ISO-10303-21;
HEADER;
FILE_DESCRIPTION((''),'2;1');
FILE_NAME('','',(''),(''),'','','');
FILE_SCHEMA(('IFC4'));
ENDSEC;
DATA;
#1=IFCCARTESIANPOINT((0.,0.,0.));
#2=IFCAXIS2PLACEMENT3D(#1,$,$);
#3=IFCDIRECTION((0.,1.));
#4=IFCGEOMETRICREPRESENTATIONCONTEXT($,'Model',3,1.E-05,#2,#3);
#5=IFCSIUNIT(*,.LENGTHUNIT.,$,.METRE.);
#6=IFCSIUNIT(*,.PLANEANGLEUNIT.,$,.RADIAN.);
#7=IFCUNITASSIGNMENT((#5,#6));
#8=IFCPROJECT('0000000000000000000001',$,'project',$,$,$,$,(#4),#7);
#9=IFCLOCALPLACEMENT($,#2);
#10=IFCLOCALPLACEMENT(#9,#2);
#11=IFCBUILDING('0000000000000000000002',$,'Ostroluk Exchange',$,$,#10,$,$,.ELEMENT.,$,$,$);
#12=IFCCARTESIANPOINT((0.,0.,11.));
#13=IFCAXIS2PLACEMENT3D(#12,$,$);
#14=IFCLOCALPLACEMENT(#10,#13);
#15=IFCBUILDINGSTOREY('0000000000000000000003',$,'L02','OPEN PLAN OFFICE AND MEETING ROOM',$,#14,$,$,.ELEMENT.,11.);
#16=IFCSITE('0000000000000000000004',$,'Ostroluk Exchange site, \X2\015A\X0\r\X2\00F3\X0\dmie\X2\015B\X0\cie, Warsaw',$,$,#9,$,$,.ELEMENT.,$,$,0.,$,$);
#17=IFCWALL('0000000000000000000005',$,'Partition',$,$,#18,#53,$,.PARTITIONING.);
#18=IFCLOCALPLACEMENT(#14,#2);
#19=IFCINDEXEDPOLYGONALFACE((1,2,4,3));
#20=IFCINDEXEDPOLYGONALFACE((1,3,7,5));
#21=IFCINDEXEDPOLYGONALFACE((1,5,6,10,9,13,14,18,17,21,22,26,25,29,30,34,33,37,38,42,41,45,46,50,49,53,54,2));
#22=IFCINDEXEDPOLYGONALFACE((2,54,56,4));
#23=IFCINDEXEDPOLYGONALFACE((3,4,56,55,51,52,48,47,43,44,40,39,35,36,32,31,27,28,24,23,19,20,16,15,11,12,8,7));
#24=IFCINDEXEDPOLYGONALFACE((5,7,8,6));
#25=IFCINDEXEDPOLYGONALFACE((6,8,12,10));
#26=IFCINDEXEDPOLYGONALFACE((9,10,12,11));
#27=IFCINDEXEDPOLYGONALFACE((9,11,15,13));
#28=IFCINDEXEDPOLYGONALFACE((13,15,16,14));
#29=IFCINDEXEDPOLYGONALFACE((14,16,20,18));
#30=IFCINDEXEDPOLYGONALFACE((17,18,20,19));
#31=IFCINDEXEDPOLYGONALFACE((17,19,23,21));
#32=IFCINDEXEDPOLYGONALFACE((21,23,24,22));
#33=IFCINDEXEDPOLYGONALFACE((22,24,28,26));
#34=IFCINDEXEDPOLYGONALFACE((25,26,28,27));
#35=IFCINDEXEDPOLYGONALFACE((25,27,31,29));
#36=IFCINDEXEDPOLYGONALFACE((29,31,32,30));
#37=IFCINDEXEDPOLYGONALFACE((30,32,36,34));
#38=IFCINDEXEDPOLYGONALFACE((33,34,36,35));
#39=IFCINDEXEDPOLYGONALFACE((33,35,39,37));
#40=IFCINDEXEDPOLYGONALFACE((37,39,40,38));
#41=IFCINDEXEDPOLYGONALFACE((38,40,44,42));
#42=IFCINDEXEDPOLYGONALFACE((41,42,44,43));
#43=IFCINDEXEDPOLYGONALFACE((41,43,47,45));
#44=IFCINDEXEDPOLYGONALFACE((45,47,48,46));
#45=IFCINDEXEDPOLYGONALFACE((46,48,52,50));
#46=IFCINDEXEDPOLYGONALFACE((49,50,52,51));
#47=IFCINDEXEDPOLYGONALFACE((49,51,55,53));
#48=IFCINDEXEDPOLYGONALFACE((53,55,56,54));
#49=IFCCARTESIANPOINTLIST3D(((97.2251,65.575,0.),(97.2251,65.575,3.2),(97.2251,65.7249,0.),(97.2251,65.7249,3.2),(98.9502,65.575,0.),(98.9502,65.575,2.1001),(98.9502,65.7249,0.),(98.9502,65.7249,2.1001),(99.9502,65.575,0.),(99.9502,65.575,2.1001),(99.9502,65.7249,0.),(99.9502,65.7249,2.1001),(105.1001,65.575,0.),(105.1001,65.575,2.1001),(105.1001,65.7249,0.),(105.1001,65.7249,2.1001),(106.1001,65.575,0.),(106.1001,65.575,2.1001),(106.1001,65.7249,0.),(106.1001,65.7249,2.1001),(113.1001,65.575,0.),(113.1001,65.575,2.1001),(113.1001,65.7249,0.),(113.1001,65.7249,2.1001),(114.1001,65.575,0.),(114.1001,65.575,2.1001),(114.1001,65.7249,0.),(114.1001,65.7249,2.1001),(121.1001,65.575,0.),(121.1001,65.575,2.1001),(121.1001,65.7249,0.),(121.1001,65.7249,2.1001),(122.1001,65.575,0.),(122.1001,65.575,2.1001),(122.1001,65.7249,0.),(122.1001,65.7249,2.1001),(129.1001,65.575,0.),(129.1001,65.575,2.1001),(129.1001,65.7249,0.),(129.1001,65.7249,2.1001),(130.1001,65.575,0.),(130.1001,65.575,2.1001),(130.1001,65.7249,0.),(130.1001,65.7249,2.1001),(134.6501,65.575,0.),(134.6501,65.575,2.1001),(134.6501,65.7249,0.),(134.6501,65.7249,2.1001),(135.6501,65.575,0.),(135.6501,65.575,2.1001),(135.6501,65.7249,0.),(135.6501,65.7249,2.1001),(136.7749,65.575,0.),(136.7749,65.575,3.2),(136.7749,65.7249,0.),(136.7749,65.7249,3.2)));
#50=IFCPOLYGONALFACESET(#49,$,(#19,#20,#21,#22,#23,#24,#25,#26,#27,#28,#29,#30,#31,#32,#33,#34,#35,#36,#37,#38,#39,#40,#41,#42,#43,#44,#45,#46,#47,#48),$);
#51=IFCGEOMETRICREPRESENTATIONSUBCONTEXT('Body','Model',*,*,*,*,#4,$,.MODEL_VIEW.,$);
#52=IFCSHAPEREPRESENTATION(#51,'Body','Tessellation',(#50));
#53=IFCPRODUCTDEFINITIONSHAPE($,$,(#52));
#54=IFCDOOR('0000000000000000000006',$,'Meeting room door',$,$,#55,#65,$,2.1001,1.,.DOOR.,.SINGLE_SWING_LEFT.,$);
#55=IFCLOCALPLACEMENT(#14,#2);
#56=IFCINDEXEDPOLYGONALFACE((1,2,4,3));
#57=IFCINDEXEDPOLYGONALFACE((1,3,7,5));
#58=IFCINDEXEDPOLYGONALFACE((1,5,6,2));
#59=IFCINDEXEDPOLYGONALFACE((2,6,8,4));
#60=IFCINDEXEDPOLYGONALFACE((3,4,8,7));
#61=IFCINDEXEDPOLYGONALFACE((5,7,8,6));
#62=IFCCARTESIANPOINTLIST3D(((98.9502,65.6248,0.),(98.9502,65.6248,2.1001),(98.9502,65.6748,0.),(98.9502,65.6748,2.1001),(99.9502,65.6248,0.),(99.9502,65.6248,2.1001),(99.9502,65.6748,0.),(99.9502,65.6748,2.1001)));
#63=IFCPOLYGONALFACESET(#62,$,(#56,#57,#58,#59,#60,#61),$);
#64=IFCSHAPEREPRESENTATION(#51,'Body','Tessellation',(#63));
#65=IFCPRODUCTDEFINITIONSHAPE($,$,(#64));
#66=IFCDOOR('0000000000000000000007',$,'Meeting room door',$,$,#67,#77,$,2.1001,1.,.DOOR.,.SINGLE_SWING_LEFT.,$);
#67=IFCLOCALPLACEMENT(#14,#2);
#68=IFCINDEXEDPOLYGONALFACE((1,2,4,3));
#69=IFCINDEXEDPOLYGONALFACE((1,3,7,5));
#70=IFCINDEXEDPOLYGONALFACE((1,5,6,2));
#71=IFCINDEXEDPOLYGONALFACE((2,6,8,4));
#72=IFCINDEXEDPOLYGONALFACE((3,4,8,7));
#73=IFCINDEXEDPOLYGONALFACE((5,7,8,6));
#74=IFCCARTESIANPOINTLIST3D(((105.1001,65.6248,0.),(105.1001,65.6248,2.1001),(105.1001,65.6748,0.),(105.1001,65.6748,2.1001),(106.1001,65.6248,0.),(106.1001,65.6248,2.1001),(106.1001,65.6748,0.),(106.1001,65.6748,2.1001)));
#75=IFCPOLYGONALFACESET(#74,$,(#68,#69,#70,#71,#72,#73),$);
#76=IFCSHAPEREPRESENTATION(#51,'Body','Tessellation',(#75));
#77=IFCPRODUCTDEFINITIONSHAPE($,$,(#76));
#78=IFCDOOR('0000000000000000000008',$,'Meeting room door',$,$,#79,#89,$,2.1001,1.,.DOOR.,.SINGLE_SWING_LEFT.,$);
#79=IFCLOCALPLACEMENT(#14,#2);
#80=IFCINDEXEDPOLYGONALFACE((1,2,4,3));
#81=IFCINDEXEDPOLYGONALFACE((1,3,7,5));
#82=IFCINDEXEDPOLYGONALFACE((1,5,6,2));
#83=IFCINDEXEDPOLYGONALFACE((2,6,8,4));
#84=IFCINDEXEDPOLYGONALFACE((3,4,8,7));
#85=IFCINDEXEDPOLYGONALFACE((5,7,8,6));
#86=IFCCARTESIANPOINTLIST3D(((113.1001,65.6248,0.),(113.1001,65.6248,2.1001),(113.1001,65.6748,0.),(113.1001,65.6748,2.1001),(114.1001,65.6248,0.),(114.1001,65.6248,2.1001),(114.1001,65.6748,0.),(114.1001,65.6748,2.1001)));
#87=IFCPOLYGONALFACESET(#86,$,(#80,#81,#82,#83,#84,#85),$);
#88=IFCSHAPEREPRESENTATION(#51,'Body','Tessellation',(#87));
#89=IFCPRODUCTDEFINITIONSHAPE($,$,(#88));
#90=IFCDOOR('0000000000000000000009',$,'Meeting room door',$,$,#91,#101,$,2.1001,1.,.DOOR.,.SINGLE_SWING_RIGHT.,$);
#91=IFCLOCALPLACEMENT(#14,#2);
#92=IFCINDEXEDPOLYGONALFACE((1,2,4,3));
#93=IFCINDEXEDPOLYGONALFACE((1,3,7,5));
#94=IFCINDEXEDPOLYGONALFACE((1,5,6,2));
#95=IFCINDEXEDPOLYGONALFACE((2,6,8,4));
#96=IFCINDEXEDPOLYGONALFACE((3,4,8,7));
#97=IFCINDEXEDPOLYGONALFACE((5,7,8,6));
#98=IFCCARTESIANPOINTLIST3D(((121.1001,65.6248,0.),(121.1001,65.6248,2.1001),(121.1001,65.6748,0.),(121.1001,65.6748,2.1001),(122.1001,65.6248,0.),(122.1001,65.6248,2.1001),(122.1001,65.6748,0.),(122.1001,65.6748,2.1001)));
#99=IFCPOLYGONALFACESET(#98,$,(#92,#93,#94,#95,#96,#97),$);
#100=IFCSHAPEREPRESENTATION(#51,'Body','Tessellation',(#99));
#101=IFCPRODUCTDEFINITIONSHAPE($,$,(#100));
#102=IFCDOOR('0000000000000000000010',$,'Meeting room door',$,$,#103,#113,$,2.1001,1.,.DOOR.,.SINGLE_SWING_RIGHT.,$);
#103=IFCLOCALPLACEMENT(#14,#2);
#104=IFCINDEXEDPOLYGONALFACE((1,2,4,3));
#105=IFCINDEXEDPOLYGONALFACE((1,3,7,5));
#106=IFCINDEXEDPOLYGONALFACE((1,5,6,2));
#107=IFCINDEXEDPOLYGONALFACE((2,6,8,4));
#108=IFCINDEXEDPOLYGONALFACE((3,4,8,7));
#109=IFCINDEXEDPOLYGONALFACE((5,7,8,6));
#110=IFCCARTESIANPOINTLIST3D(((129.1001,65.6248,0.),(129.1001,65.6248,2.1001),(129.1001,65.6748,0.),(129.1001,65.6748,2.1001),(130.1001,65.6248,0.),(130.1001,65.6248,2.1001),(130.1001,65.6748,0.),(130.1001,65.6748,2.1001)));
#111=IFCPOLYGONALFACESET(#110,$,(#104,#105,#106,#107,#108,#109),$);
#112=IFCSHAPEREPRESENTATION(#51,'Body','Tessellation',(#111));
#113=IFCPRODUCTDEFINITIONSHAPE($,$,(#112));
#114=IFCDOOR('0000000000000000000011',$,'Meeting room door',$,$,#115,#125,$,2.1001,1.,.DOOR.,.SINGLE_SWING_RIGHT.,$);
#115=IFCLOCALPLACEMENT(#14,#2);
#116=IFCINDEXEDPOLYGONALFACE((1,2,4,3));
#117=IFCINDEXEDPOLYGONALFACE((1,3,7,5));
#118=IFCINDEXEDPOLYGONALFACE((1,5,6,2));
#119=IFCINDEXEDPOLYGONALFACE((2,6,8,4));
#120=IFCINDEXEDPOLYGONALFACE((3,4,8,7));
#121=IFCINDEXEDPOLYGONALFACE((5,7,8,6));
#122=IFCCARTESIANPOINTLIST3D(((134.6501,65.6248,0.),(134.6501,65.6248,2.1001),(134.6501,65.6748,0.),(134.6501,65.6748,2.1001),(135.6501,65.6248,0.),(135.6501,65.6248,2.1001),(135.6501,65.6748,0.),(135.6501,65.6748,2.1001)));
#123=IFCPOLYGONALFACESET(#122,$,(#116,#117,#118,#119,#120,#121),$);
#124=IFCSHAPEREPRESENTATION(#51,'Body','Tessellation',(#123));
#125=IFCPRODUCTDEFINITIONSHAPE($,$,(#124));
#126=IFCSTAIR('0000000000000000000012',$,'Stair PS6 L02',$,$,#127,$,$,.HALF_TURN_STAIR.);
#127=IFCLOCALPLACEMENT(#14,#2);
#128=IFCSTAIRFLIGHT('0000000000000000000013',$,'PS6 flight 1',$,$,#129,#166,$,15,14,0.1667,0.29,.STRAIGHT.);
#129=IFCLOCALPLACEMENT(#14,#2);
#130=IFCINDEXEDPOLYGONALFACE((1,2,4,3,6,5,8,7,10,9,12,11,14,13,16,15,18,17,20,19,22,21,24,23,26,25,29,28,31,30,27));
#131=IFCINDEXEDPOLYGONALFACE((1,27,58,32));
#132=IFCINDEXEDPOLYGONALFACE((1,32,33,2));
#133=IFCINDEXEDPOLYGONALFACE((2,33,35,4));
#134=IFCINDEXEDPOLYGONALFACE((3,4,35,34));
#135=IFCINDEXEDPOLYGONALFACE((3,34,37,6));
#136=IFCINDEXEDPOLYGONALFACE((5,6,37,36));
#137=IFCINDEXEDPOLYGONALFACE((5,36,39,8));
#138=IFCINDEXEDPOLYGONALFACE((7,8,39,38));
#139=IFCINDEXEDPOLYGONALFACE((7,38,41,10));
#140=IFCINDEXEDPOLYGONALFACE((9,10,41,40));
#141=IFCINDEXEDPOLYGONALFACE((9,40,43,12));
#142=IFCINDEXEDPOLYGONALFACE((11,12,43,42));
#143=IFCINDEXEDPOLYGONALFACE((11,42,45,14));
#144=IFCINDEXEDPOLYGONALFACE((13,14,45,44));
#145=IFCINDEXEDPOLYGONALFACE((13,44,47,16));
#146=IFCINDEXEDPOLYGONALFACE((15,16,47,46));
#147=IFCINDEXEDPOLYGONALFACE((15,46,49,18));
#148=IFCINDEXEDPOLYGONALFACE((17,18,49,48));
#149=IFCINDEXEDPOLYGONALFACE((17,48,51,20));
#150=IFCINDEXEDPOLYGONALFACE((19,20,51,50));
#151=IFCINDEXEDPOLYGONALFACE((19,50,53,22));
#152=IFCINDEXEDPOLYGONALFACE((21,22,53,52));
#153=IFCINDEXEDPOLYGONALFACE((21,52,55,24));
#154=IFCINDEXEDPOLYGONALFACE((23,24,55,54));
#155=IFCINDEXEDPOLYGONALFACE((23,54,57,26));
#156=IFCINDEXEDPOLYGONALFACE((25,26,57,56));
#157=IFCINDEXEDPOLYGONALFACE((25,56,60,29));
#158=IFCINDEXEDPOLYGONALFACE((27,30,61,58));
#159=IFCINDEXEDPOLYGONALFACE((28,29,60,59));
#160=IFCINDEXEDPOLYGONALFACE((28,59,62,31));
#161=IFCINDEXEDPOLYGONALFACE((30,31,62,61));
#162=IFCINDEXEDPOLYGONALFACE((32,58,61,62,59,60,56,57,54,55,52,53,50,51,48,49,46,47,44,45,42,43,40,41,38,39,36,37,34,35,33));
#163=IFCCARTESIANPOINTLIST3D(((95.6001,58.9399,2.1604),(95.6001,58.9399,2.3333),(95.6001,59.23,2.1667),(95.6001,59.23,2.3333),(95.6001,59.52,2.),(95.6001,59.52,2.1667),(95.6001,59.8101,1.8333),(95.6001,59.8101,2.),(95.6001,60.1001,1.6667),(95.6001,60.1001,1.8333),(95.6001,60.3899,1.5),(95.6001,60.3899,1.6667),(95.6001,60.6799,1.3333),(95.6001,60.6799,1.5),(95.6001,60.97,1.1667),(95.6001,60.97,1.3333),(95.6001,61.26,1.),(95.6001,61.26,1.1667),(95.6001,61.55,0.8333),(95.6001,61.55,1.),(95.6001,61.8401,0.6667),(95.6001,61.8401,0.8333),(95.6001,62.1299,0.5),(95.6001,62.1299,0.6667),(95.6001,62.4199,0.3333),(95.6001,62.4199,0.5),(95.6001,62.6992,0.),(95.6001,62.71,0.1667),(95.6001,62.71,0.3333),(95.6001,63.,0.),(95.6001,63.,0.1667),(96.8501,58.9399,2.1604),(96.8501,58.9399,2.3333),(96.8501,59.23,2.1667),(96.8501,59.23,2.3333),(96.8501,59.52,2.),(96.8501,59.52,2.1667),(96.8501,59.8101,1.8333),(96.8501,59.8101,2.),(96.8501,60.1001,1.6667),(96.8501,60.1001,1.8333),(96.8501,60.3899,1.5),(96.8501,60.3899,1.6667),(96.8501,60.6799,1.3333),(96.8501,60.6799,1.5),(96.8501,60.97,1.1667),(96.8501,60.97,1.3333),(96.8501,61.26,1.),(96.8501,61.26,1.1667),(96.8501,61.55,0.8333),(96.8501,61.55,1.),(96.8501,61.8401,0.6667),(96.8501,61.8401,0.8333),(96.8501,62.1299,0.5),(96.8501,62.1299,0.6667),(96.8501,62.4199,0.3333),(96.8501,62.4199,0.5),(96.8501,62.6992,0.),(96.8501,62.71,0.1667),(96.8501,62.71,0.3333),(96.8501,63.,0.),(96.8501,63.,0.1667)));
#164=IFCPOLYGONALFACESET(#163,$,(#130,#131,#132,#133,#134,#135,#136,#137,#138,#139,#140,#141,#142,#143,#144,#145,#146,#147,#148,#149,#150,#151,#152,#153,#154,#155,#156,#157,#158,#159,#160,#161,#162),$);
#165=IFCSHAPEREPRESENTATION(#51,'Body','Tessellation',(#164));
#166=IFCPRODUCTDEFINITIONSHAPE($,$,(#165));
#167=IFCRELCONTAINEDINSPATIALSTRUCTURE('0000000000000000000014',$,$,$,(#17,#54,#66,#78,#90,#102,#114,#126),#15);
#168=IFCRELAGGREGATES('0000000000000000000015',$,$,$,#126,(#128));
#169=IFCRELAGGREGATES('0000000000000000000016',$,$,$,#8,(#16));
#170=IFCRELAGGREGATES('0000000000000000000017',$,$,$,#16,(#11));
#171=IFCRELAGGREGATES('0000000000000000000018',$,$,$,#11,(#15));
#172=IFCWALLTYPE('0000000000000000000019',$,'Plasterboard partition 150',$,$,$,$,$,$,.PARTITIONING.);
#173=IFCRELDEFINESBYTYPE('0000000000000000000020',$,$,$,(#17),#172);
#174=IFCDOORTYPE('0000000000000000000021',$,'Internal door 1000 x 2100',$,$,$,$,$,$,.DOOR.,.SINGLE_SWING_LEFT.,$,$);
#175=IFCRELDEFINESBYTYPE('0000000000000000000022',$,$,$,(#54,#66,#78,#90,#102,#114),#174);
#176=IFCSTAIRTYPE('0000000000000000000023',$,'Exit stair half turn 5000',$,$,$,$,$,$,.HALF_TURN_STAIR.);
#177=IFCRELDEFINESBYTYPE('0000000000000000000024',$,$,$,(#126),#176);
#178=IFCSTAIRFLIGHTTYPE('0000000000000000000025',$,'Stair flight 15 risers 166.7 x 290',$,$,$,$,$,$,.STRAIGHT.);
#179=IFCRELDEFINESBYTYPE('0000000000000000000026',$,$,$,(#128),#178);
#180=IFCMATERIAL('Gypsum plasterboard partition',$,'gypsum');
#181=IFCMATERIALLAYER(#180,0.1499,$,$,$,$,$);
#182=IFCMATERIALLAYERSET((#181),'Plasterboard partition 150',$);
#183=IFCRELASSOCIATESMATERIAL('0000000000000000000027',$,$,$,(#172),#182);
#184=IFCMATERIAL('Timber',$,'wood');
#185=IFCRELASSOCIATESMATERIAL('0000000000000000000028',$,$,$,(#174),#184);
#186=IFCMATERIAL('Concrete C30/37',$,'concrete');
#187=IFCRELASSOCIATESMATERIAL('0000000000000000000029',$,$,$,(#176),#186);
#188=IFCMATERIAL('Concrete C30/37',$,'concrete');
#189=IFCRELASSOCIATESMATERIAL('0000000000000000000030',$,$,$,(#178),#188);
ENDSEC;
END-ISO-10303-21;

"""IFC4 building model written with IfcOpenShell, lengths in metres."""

from ifc_helpers import new_model, si_unit, direction, frame, frame_2d, origin, place, context, subcontext, project, spatial, polyline, rectangle, outline, extrude, material, layer, layer_set, type_object, element, fill, aggregate, save


model = new_model("IFC4")

# Units and contexts
model_context = context("Model", 3, precision=1e-05, world=origin(), true_north=direction((0.0, 1.0)))
body_context = subcontext(model_context, "Body", "Model", "MODEL_VIEW")
ifc_project = project(units=[si_unit("LENGTHUNIT", "METRE"), si_unit("PLANEANGLEUNIT", "RADIAN")], contexts=[model_context])

# Site, building, storey
site_placement = place(None, origin())
site = spatial("IfcSite", under=ifc_project, at=site_placement, Name="Ostroluk Exchange site, Śródmieście, Warsaw", CompositionType="ELEMENT", RefElevation=0.0)
building_placement = place(site_placement, origin())
building = spatial("IfcBuilding", under=site, at=building_placement, Name="Ostroluk Exchange", CompositionType="ELEMENT")
storey_placement = place(building_placement, frame((0.0, 0.0, 11.0)))
storey = spatial("IfcBuildingStorey", under=building, at=storey_placement, Name="L02", Description="OPEN PLAN OFFICE AND MEETING ROOM", CompositionType="ELEMENT", Elevation=11.0)

# Shared definitions
ifc_material_1 = material(Name="Gypsum plasterboard partition", Category="gypsum")
ifc_layer_1 = layer(ifc_material_1, 0.1499)
ifc_layer_set_1 = layer_set([ifc_layer_1], Name="Plasterboard partition 150")
wall_type_1 = type_object("IfcWallType", Name="Plasterboard partition 150", PredefinedType="PARTITIONING", material=ifc_layer_set_1)
ifc_material_2 = material(Name="Timber", Category="wood")
door_type_1 = type_object("IfcDoorType", Name="Internal door 1000 x 2100", OperationType="SINGLE_SWING_LEFT", PredefinedType="DOOR", material=ifc_material_2)

# Wall, openings, doors
wall_1_placement = place(storey_placement, frame((97.2251, 65.6499, 0.0), z_axis=(0.0, 0.0, 1.0), x_axis=(1.0, 0.0, 0.0)))
wall_1 = element("IfcWall", 1, at=wall_1_placement, inside=storey, type_object=wall_type_1, Name="Partition", PredefinedType="PARTITIONING", context=body_context, shape_type="SweptSolid", body=[
    extrude(rectangle(XDim=39.5498, YDim=0.1499, at=frame_2d((19.7749, 0.0))), origin(), (0.0, 0.0, 1.0), 3.2),
])
opening_1_placement = place(wall_1_placement, frame((1.7251, 0.0, 0.0)))
opening_1 = element("IfcOpeningElement", 2, at=opening_1_placement, cuts=wall_1, PredefinedType="OPENING", context=body_context, shape_type="SweptSolid", body=[
    extrude(rectangle(XDim=1.0, YDim=2.1001, at=frame_2d((0.5, 1.05))), frame((0.0, 0.085, 0.0), z_axis=(0.0, -1.0, 0.0), x_axis=(1.0, 0.0, 0.0)), (0.0, 0.0, 1.0), 0.1699),
])
opening_2_placement = place(wall_1_placement, frame((7.875, 0.0, 0.0)))
opening_2 = element("IfcOpeningElement", 3, at=opening_2_placement, cuts=wall_1, PredefinedType="OPENING", context=body_context, shape_type="SweptSolid", body=[
    extrude(rectangle(XDim=1.0, YDim=2.1001, at=frame_2d((0.5, 1.05))), frame((0.0, 0.085, 0.0), z_axis=(0.0, -1.0, 0.0), x_axis=(1.0, 0.0, 0.0)), (0.0, 0.0, 1.0), 0.1699),
])
opening_3_placement = place(wall_1_placement, frame((15.875, 0.0, 0.0)))
opening_3 = element("IfcOpeningElement", 4, at=opening_3_placement, cuts=wall_1, PredefinedType="OPENING", context=body_context, shape_type="SweptSolid", body=[
    extrude(rectangle(XDim=1.0, YDim=2.1001, at=frame_2d((0.5, 1.05))), frame((0.0, 0.085, 0.0), z_axis=(0.0, -1.0, 0.0), x_axis=(1.0, 0.0, 0.0)), (0.0, 0.0, 1.0), 0.1699),
])
opening_4_placement = place(wall_1_placement, frame((23.875, 0.0, 0.0)))
opening_4 = element("IfcOpeningElement", 5, at=opening_4_placement, cuts=wall_1, PredefinedType="OPENING", context=body_context, shape_type="SweptSolid", body=[
    extrude(rectangle(XDim=1.0, YDim=2.1001, at=frame_2d((0.5, 1.05))), frame((0.0, 0.085, 0.0), z_axis=(0.0, -1.0, 0.0), x_axis=(1.0, 0.0, 0.0)), (0.0, 0.0, 1.0), 0.1699),
])
opening_5_placement = place(wall_1_placement, frame((31.875, 0.0, 0.0)))
opening_5 = element("IfcOpeningElement", 6, at=opening_5_placement, cuts=wall_1, PredefinedType="OPENING", context=body_context, shape_type="SweptSolid", body=[
    extrude(rectangle(XDim=1.0, YDim=2.1001, at=frame_2d((0.5, 1.05))), frame((0.0, 0.085, 0.0), z_axis=(0.0, -1.0, 0.0), x_axis=(1.0, 0.0, 0.0)), (0.0, 0.0, 1.0), 0.1699),
])
opening_6_placement = place(wall_1_placement, frame((37.425, 0.0, 0.0)))
opening_6 = element("IfcOpeningElement", 7, at=opening_6_placement, cuts=wall_1, PredefinedType="OPENING", context=body_context, shape_type="SweptSolid", body=[
    extrude(rectangle(XDim=1.0, YDim=2.1001, at=frame_2d((0.5, 1.05))), frame((0.0, 0.085, 0.0), z_axis=(0.0, -1.0, 0.0), x_axis=(1.0, 0.0, 0.0)), (0.0, 0.0, 1.0), 0.1699),
])
door_1_placement = place(opening_1_placement, origin())
door_1 = element("IfcDoor", 8, at=door_1_placement, inside=storey, type_object=door_type_1, Name="Meeting room door", OperationType="SINGLE_SWING_LEFT", OverallHeight=2.1001, OverallWidth=1.0, PredefinedType="DOOR", context=body_context, shape_type="SweptSolid", body=[
    extrude(rectangle(XDim=1.0, YDim=2.1001, at=frame_2d((0.5, 1.05))), frame((0.0, 0.0249, 0.0), z_axis=(0.0, -1.0, 0.0), x_axis=(1.0, 0.0, 0.0)), (0.0, 0.0, 1.0), 0.05),
])
fill(opening_1, door_1)
door_2_placement = place(opening_2_placement, origin())
door_2 = element("IfcDoor", 9, at=door_2_placement, inside=storey, type_object=door_type_1, Name="Meeting room door", OperationType="SINGLE_SWING_LEFT", OverallHeight=2.1001, OverallWidth=1.0, PredefinedType="DOOR", context=body_context, shape_type="SweptSolid", body=[
    extrude(rectangle(XDim=1.0, YDim=2.1001, at=frame_2d((0.5, 1.05))), frame((0.0, 0.0249, 0.0), z_axis=(0.0, -1.0, 0.0), x_axis=(1.0, 0.0, 0.0)), (0.0, 0.0, 1.0), 0.05),
])
fill(opening_2, door_2)
door_3_placement = place(opening_3_placement, origin())
door_3 = element("IfcDoor", 10, at=door_3_placement, inside=storey, type_object=door_type_1, Name="Meeting room door", OperationType="SINGLE_SWING_LEFT", OverallHeight=2.1001, OverallWidth=1.0, PredefinedType="DOOR", context=body_context, shape_type="SweptSolid", body=[
    extrude(rectangle(XDim=1.0, YDim=2.1001, at=frame_2d((0.5, 1.05))), frame((0.0, 0.0249, 0.0), z_axis=(0.0, -1.0, 0.0), x_axis=(1.0, 0.0, 0.0)), (0.0, 0.0, 1.0), 0.05),
])
fill(opening_3, door_3)
door_4_placement = place(opening_4_placement, origin())
door_4 = element("IfcDoor", 11, at=door_4_placement, inside=storey, type_object=door_type_1, Name="Meeting room door", OperationType="SINGLE_SWING_RIGHT", OverallHeight=2.1001, OverallWidth=1.0, PredefinedType="DOOR", context=body_context, shape_type="SweptSolid", body=[
    extrude(rectangle(XDim=1.0, YDim=2.1001, at=frame_2d((0.5, 1.05))), frame((0.0, 0.0249, 0.0), z_axis=(0.0, -1.0, 0.0), x_axis=(1.0, 0.0, 0.0)), (0.0, 0.0, 1.0), 0.05),
])
fill(opening_4, door_4)
door_5_placement = place(opening_5_placement, origin())
door_5 = element("IfcDoor", 12, at=door_5_placement, inside=storey, type_object=door_type_1, Name="Meeting room door", OperationType="SINGLE_SWING_RIGHT", OverallHeight=2.1001, OverallWidth=1.0, PredefinedType="DOOR", context=body_context, shape_type="SweptSolid", body=[
    extrude(rectangle(XDim=1.0, YDim=2.1001, at=frame_2d((0.5, 1.05))), frame((0.0, 0.0249, 0.0), z_axis=(0.0, -1.0, 0.0), x_axis=(1.0, 0.0, 0.0)), (0.0, 0.0, 1.0), 0.05),
])
fill(opening_5, door_5)
door_6_placement = place(opening_6_placement, origin())
door_6 = element("IfcDoor", 13, at=door_6_placement, inside=storey, type_object=door_type_1, Name="Meeting room door", OperationType="SINGLE_SWING_RIGHT", OverallHeight=2.1001, OverallWidth=1.0, PredefinedType="DOOR", context=body_context, shape_type="SweptSolid", body=[
    extrude(rectangle(XDim=1.0, YDim=2.1001, at=frame_2d((0.5, 1.05))), frame((0.0, 0.0249, 0.0), z_axis=(0.0, -1.0, 0.0), x_axis=(1.0, 0.0, 0.0)), (0.0, 0.0, 1.0), 0.05),
])
fill(opening_6, door_6)

# Stair, stair flight
ifc_material_3 = material(Name="Concrete C30/37", Category="concrete")
stair_type = type_object("IfcStairType", Name="Exit stair half turn 5000", PredefinedType="HALF_TURN_STAIR", material=ifc_material_3)
stair_placement = place(storey_placement, origin())
stair = element("IfcStair", 14, at=stair_placement, inside=storey, type_object=stair_type, Name="Stair PS6 L02", PredefinedType="HALF_TURN_STAIR")
ifc_material_4 = material(Name="Concrete C30/37", Category="concrete")
stair_flight_type = type_object("IfcStairFlightType", Name="Stair flight 15 risers 166.7 x 290", PredefinedType="STRAIGHT", material=ifc_material_4)
stair_flight_placement = place(storey_placement, frame((96.2251, 63.0, 0.0), z_axis=(0.0, 0.0, 1.0), x_axis=(0.0, -1.0, 0.0)))
stair_flight = element("IfcStairFlight", 15, at=stair_flight_placement, type_object=stair_flight_type, Name="PS6 flight 1", NumberOfRisers=15, NumberOfTreads=14, PredefinedType="STRAIGHT", RiserHeight=0.1667, TreadLength=0.29, context=body_context, shape_type="SweptSolid", body=[
    extrude(outline(polyline([(0.0, 0.0), (0.0, 0.1667), (0.29, 0.1667), (0.29, 0.3333), (0.5801, 0.3333), (0.5801, 0.5), (0.8701, 0.5), (0.8701, 0.6667), (1.1599, 0.6667), (1.1599, 0.8333), (1.45, 0.8333), (1.45, 1.0), (1.74, 1.0), (1.74, 1.1667), (2.03, 1.1667), (2.03, 1.3333), (2.3201, 1.3333), (2.3201, 1.5), (2.6101, 1.5), (2.6101, 1.6667), (2.8999, 1.6667), (2.8999, 1.8333), (3.1899, 1.8333), (3.1899, 2.0), (3.48, 2.0), (3.48, 2.1667), (3.77, 2.1667), (3.77, 2.3333), (4.0601, 2.3333), (4.0601, 2.5), (4.0601, 2.1604), (0.3008, 0.0), (0.0, 0.0)])), frame((0.0, 0.625, 0.0), z_axis=(0.0, -1.0, 0.0), x_axis=(1.0, 0.0, 0.0)), (0.0, 0.0, 1.0), 1.25),
])
aggregate(stair, [stair_flight])

save(model, "model.ifc")
